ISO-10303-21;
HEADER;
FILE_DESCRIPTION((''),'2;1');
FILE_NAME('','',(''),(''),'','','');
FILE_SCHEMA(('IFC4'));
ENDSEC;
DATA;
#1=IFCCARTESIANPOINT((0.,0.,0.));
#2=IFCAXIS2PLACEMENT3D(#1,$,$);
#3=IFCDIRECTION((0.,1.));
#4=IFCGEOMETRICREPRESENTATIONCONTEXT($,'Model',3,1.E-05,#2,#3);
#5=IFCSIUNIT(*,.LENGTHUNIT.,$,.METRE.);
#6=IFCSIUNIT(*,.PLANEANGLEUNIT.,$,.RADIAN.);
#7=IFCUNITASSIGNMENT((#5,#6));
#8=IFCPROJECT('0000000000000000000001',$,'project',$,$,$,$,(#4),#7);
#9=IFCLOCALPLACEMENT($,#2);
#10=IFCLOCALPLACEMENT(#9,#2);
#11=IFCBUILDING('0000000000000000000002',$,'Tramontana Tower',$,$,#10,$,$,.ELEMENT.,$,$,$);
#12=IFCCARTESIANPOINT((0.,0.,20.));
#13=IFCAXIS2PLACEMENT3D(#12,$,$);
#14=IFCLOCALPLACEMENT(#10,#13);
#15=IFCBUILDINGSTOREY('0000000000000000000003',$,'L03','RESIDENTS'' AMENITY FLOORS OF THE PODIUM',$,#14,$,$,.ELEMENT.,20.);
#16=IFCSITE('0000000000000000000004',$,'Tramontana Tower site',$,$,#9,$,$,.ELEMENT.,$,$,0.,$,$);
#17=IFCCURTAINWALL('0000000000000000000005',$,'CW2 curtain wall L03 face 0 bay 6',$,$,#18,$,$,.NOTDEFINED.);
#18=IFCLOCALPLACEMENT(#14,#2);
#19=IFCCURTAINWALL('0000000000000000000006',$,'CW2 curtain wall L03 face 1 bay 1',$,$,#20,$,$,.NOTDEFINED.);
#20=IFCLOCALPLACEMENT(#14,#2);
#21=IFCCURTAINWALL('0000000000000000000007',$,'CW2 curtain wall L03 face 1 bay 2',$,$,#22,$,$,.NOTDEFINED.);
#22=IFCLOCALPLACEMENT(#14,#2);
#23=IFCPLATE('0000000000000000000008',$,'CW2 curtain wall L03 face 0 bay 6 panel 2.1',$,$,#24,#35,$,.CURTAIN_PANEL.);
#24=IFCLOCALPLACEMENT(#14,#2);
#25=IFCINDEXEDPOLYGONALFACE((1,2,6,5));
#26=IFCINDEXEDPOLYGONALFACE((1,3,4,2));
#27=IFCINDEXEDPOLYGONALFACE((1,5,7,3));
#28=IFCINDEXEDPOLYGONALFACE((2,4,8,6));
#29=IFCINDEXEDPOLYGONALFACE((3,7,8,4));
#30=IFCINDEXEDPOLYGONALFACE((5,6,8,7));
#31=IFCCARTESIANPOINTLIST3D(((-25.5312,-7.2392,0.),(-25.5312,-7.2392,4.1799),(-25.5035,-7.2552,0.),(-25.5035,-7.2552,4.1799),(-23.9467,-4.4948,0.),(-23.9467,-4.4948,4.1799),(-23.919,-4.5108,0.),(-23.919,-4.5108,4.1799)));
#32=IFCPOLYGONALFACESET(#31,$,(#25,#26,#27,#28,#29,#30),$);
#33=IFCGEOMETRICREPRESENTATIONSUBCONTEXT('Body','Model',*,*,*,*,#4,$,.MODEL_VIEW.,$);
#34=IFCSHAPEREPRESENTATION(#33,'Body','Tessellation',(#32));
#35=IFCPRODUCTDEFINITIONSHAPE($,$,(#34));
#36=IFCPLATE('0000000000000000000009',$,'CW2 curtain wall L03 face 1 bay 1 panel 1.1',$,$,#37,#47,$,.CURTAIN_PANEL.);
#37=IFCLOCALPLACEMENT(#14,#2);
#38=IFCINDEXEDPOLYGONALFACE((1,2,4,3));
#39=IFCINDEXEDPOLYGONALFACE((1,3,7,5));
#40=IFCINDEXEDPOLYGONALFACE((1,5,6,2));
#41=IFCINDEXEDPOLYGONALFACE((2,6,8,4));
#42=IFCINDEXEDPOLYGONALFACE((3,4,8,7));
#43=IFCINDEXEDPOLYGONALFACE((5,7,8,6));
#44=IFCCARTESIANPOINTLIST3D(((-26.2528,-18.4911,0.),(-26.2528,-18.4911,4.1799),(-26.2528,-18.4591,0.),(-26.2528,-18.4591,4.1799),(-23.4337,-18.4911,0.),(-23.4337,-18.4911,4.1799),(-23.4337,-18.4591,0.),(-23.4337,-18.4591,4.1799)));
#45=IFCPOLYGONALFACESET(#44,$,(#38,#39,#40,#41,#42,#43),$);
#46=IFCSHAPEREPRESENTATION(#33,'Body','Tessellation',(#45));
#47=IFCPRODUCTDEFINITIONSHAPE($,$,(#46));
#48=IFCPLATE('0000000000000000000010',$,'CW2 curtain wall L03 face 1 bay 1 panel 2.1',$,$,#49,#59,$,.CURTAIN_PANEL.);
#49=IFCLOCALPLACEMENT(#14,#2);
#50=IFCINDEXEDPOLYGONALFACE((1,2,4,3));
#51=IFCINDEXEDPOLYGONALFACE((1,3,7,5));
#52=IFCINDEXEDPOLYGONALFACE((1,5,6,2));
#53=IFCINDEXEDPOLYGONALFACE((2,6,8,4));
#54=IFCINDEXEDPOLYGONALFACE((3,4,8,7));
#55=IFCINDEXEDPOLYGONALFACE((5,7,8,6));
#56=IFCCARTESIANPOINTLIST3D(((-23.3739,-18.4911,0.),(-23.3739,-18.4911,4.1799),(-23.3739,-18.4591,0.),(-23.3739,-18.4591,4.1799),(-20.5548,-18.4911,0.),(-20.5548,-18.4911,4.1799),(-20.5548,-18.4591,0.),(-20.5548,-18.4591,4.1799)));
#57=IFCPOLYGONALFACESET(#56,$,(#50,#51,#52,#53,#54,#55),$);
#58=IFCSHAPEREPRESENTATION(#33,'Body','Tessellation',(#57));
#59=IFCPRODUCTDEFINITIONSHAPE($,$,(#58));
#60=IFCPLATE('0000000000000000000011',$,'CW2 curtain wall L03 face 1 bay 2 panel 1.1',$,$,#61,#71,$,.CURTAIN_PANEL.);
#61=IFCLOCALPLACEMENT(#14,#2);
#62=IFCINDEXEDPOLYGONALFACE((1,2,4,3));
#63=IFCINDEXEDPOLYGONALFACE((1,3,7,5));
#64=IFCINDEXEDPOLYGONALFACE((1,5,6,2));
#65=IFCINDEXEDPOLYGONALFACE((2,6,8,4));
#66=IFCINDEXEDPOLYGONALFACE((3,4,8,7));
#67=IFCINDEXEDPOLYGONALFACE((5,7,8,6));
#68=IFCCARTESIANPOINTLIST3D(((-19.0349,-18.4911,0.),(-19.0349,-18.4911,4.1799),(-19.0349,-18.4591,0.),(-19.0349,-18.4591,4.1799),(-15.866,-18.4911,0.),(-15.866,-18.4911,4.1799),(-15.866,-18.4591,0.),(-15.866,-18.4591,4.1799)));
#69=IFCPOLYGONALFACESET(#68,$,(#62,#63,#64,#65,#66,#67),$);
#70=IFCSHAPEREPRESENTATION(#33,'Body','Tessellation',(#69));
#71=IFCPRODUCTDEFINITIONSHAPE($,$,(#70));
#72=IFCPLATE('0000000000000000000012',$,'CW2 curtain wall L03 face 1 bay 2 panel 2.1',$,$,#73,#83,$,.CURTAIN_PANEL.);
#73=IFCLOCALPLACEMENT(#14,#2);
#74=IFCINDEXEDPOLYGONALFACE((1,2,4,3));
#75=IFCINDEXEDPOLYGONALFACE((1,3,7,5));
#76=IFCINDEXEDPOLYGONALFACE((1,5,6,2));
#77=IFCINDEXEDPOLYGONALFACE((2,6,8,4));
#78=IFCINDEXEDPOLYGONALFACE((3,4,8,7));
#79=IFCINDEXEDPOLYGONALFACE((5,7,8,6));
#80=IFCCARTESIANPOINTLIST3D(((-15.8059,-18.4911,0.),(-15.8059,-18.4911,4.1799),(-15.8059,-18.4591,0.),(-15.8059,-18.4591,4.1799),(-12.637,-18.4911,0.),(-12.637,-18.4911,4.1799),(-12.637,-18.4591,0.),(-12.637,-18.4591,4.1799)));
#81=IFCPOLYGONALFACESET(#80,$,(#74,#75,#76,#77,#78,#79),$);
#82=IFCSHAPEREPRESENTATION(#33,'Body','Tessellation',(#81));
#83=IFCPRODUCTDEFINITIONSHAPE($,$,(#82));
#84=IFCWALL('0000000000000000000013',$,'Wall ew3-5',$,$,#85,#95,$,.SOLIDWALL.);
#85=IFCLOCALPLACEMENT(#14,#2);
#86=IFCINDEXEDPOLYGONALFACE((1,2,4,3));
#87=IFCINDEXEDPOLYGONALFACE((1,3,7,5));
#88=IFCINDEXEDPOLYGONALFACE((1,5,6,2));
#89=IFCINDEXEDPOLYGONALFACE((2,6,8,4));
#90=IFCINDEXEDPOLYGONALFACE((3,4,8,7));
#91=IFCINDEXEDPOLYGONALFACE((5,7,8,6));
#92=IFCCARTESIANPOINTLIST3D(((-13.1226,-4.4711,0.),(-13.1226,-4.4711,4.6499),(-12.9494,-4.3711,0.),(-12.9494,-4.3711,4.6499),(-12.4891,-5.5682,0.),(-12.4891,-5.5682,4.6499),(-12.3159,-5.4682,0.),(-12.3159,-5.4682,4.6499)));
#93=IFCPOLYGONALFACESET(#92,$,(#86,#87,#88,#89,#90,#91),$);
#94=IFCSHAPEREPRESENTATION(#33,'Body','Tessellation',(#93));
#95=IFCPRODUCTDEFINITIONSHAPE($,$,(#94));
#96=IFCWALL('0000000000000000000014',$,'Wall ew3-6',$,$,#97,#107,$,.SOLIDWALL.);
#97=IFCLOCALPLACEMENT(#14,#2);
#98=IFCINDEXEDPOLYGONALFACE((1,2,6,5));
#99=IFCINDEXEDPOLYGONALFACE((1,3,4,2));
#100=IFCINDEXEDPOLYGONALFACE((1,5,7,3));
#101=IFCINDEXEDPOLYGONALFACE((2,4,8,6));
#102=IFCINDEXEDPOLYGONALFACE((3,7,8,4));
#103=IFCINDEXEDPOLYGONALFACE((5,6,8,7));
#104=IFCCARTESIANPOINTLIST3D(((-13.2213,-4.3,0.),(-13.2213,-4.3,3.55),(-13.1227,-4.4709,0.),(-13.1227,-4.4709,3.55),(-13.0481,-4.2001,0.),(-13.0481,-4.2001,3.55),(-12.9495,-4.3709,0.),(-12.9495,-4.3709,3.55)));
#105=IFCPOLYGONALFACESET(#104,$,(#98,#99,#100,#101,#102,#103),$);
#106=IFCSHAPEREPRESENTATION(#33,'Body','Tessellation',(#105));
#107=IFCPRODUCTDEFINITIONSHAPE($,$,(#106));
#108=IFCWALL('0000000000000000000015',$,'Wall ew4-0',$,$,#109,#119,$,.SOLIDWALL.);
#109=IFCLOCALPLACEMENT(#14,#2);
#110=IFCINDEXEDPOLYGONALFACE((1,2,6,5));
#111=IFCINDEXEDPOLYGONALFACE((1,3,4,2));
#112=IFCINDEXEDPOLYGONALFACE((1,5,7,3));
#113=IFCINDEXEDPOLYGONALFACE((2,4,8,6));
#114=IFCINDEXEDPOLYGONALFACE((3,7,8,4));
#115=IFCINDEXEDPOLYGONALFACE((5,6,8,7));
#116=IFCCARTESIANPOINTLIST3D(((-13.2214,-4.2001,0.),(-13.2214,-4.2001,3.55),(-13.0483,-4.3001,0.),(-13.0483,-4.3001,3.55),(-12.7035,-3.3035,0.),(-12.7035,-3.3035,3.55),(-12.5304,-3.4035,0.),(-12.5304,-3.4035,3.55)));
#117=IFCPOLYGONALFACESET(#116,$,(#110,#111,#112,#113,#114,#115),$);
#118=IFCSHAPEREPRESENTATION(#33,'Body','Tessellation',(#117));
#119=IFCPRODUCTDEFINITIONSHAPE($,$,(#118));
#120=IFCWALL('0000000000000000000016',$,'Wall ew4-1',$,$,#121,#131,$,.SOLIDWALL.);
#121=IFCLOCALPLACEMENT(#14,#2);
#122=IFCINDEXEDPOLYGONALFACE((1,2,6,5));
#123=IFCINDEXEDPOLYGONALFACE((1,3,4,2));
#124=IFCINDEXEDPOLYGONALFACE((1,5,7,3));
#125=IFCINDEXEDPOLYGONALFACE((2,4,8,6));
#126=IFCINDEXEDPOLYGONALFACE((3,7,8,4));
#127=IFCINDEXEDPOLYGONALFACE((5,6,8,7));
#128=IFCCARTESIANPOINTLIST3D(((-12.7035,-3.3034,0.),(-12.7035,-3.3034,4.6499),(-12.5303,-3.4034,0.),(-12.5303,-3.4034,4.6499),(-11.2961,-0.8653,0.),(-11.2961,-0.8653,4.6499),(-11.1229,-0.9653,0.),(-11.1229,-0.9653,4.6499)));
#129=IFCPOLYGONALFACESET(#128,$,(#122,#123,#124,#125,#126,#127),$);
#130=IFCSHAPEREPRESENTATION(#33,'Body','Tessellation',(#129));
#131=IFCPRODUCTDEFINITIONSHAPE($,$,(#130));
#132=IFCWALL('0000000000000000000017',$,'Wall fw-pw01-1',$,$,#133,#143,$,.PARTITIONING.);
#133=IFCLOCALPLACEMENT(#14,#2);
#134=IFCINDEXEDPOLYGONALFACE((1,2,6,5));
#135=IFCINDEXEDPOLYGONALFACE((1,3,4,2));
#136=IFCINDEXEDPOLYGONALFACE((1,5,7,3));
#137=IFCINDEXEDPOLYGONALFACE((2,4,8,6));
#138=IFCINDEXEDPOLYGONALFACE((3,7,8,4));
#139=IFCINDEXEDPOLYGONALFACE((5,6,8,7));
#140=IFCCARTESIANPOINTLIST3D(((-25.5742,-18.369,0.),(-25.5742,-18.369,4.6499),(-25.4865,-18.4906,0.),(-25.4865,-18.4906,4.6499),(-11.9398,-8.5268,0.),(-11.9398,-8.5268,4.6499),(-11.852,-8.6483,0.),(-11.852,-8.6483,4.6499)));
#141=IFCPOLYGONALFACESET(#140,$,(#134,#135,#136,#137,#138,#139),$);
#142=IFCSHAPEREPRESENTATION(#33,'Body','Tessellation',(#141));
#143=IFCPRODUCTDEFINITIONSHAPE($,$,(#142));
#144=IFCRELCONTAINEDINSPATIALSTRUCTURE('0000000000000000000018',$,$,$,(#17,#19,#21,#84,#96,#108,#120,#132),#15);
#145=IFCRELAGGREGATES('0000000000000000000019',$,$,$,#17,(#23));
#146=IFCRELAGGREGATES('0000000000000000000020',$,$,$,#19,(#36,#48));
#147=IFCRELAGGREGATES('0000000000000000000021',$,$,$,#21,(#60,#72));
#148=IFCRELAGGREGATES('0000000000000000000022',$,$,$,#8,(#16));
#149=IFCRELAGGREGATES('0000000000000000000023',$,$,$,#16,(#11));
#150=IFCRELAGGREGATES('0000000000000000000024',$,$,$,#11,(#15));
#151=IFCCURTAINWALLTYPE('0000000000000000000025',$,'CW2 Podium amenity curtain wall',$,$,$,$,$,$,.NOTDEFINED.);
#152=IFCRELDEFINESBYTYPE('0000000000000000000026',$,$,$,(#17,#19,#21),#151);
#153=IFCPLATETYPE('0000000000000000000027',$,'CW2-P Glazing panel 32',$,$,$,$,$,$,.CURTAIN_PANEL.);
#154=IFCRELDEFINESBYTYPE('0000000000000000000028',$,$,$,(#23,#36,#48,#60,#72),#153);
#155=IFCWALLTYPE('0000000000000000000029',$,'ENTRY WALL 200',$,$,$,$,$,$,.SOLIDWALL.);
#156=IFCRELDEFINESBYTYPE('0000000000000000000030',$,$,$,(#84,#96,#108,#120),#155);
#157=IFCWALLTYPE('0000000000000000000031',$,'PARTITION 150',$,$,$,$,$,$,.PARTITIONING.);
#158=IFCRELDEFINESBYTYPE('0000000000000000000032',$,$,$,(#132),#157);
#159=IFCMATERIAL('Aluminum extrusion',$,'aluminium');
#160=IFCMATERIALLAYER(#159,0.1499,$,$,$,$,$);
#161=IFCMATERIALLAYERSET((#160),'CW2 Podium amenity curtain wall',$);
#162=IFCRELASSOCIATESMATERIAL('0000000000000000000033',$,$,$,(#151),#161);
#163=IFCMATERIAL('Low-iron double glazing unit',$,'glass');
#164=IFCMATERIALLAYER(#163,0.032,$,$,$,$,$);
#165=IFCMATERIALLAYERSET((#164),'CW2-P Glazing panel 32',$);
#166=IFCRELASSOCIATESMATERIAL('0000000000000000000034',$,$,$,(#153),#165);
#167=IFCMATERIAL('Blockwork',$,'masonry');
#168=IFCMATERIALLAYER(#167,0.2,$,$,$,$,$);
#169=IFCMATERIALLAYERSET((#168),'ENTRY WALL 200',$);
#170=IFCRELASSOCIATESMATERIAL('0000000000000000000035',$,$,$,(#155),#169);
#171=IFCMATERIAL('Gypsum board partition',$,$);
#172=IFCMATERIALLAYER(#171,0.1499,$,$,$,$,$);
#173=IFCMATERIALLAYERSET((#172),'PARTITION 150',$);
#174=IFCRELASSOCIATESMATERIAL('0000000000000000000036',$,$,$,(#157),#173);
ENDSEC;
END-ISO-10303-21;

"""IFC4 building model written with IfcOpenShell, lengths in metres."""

from ifc_helpers import new_model, si_unit, direction, frame, frame_2d, origin, origin_2d, place, context, subcontext, project, spatial, rectangle, extrude, material, layer, layer_set, type_object, element, aggregate, save


model = new_model("IFC4")

# Units and contexts
model_context = context("Model", 3, precision=1e-05, world=origin(), true_north=direction((0.0, 1.0)))
body_context = subcontext(model_context, "Body", "Model", "MODEL_VIEW")
ifc_project = project(units=[si_unit("LENGTHUNIT", "METRE"), si_unit("PLANEANGLEUNIT", "RADIAN")], contexts=[model_context])

# Site, building, storey
site_placement = place(None, origin())
site = spatial("IfcSite", under=ifc_project, at=site_placement, Name="Tramontana Tower site", CompositionType="ELEMENT", RefElevation=0.0)
building_placement = place(site_placement, origin())
building = spatial("IfcBuilding", under=site, at=building_placement, Name="Tramontana Tower", CompositionType="ELEMENT")
storey_placement = place(building_placement, frame((0.0, 0.0, 20.0)))
storey = spatial("IfcBuildingStorey", under=building, at=storey_placement, Name="L03", Description="RESIDENTS' AMENITY FLOORS OF THE PODIUM", CompositionType="ELEMENT", Elevation=20.0)

# Curtain wall
ifc_material_1 = material(Name="Aluminum extrusion", Category="aluminium")
ifc_layer_1 = layer(ifc_material_1, 0.1499)
ifc_layer_set_1 = layer_set([ifc_layer_1], Name="CW2 Podium amenity curtain wall")
curtain_wall_type = type_object("IfcCurtainWallType", Name="CW2 Podium amenity curtain wall", PredefinedType="NOTDEFINED", material=ifc_layer_set_1)
curtain_wall_1_placement = place(storey_placement, origin())
curtain_wall_1 = element("IfcCurtainWall", 1, at=curtain_wall_1_placement, inside=storey, type_object=curtain_wall_type, Name="CW2 curtain wall L03 face 0 bay 6", PredefinedType="NOTDEFINED")

# Curtain walls
curtain_wall_2_placement = place(storey_placement, origin())
curtain_wall_2 = element("IfcCurtainWall", 2, at=curtain_wall_2_placement, inside=storey, type_object=curtain_wall_type, Name="CW2 curtain wall L03 face 1 bay 1", PredefinedType="NOTDEFINED")
curtain_wall_3_placement = place(storey_placement, origin())
curtain_wall_3 = element("IfcCurtainWall", 3, at=curtain_wall_3_placement, inside=storey, type_object=curtain_wall_type, Name="CW2 curtain wall L03 face 1 bay 2", PredefinedType="NOTDEFINED")

# Plates
ifc_material_2 = material(Name="Low-iron double glazing unit", Category="glass")
ifc_layer_2 = layer(ifc_material_2, 0.032)
ifc_layer_set_2 = layer_set([ifc_layer_2], Name="CW2-P Glazing panel 32")
plate_type = type_object("IfcPlateType", Name="CW2-P Glazing panel 32", PredefinedType="CURTAIN_PANEL", material=ifc_layer_set_2)
plate_1_placement = place(storey_placement, frame((-24.7251, -5.875, 0.0), z_axis=(0.0, 0.0, 1.0), x_axis=(-0.5, -0.866025, 0.0)))
plate_1 = element("IfcPlate", 4, at=plate_1_placement, type_object=plate_type, Name="CW2 curtain wall L03 face 0 bay 6 panel 2.1", PredefinedType="CURTAIN_PANEL", context=body_context, shape_type="SweptSolid", body=[
    extrude(rectangle(XDim=3.1689, YDim=0.032, at=origin_2d()), origin(), (0.0, 0.0, 1.0), 4.1799),
])
aggregate(curtain_wall_1, [plate_1])
plate_2_placement = place(storey_placement, frame((-24.8433, -18.4751, 0.0), z_axis=(0.0, 0.0, 1.0), x_axis=(1.0, 0.0, 0.0)))
plate_2 = element("IfcPlate", 5, at=plate_2_placement, type_object=plate_type, Name="CW2 curtain wall L03 face 1 bay 1 panel 1.1", PredefinedType="CURTAIN_PANEL", context=body_context, shape_type="SweptSolid", body=[
    extrude(rectangle(XDim=2.8191, YDim=0.032, at=origin_2d()), origin(), (0.0, 0.0, 1.0), 4.1799),
])
plate_3_placement = place(storey_placement, frame((-21.9644, -18.4751, 0.0), z_axis=(0.0, 0.0, 1.0), x_axis=(1.0, 0.0, 0.0)))
plate_3 = element("IfcPlate", 6, at=plate_3_placement, type_object=plate_type, Name="CW2 curtain wall L03 face 1 bay 1 panel 2.1", PredefinedType="CURTAIN_PANEL", context=body_context, shape_type="SweptSolid", body=[
    extrude(rectangle(XDim=2.8191, YDim=0.032, at=origin_2d()), origin(), (0.0, 0.0, 1.0), 4.1799),
])
aggregate(curtain_wall_2, [plate_2, plate_3])
plate_4_placement = place(storey_placement, frame((-17.4504, -18.4751, 0.0), z_axis=(0.0, 0.0, 1.0), x_axis=(1.0, 0.0, 0.0)))
plate_4 = element("IfcPlate", 7, at=plate_4_placement, type_object=plate_type, Name="CW2 curtain wall L03 face 1 bay 2 panel 1.1", PredefinedType="CURTAIN_PANEL", context=body_context, shape_type="SweptSolid", body=[
    extrude(rectangle(XDim=3.1689, YDim=0.032, at=origin_2d()), origin(), (0.0, 0.0, 1.0), 4.1799),
])
plate_5_placement = place(storey_placement, frame((-14.2214, -18.4751, 0.0), z_axis=(0.0, 0.0, 1.0), x_axis=(1.0, 0.0, 0.0)))
plate_5 = element("IfcPlate", 8, at=plate_5_placement, type_object=plate_type, Name="CW2 curtain wall L03 face 1 bay 2 panel 2.1", PredefinedType="CURTAIN_PANEL", context=body_context, shape_type="SweptSolid", body=[
    extrude(rectangle(XDim=3.1689, YDim=0.032, at=origin_2d()), origin(), (0.0, 0.0, 1.0), 4.1799),
])
aggregate(curtain_wall_3, [plate_4, plate_5])

# Walls
ifc_material_3 = material(Name="Blockwork", Category="masonry")
ifc_layer_3 = layer(ifc_material_3, 0.2)
ifc_layer_set_3 = layer_set([ifc_layer_3], Name="ENTRY WALL 200")
wall_type_1 = type_object("IfcWallType", Name="ENTRY WALL 200", PredefinedType="SOLIDWALL", material=ifc_layer_set_3)
wall_1_placement = place(storey_placement, frame((-12.4026, -5.5181, 0.0), z_axis=(0.0, 0.0, 1.0), x_axis=(-0.500056, 0.865993, 0.0)))
element("IfcWall", 9, at=wall_1_placement, inside=storey, type_object=wall_type_1, Name="Wall ew3-5", PredefinedType="SOLIDWALL", context=body_context, shape_type="SweptSolid", body=[
    extrude(rectangle(XDim=1.2668, YDim=0.2, at=frame_2d((0.6333, 0.0))), origin(), (0.0, 0.0, 1.0), 4.6499),
])
wall_2_placement = place(storey_placement, frame((-13.0361, -4.4209, 0.0), z_axis=(0.0, 0.0, 1.0), x_axis=(-0.499865, 0.866103, 0.0)))
element("IfcWall", 10, at=wall_2_placement, inside=storey, type_object=wall_type_1, Name="Wall ew3-6", PredefinedType="SOLIDWALL", context=body_context, shape_type="SweptSolid", body=[
    extrude(rectangle(XDim=0.1973, YDim=0.2, at=frame_2d((0.0986, 0.0))), origin(), (0.0, 0.0, 1.0), 3.55),
])
wall_3_placement = place(storey_placement, frame((-13.1348, -4.25, 0.0), z_axis=(0.0, 0.0, 1.0), x_axis=(0.500172, 0.865926, 0.0)))
element("IfcWall", 11, at=wall_3_placement, inside=storey, type_object=wall_type_1, Name="Wall ew4-0", PredefinedType="SOLIDWALL", context=body_context, shape_type="SweptSolid", body=[
    extrude(rectangle(XDim=1.0354, YDim=0.2, at=frame_2d((0.5176, 0.0))), origin(), (0.0, 0.0, 1.0), 3.55),
])
wall_4_placement = place(storey_placement, frame((-12.6169, -3.3535, 0.0), z_axis=(0.0, 0.0, 1.0), x_axis=(0.499935, 0.866063, 0.0)))
element("IfcWall", 12, at=wall_4_placement, inside=storey, type_object=wall_type_1, Name="Wall ew4-1", PredefinedType="SOLIDWALL", context=body_context, shape_type="SweptSolid", body=[
    extrude(rectangle(XDim=2.8152, YDim=0.2, at=frame_2d((1.4077, 0.0))), origin(), (0.0, 0.0, 1.0), 4.6499),
])
ifc_material_4 = material(Name="Gypsum board partition")
ifc_layer_4 = layer(ifc_material_4, 0.1499)
ifc_layer_set_4 = layer_set([ifc_layer_4], Name="PARTITION 150")
wall_type_2 = type_object("IfcWallType", Name="PARTITION 150", PredefinedType="PARTITIONING", material=ifc_layer_set_4)
wall_5_placement = place(storey_placement, frame((-11.896, -8.5876, 0.0), z_axis=(0.0, 0.0, 1.0), x_axis=(-0.810817, -0.5853, 0.0)))
element("IfcWall", 13, at=wall_5_placement, inside=storey, type_object=wall_type_2, Name="Wall fw-pw01-1", PredefinedType="PARTITIONING", context=body_context, shape_type="SweptSolid", body=[
    extrude(rectangle(XDim=16.8157, YDim=0.1499, at=frame_2d((8.4077, 0.0))), origin(), (0.0, 0.0, 1.0), 4.6499),
])

save(model, "model.ifc")
